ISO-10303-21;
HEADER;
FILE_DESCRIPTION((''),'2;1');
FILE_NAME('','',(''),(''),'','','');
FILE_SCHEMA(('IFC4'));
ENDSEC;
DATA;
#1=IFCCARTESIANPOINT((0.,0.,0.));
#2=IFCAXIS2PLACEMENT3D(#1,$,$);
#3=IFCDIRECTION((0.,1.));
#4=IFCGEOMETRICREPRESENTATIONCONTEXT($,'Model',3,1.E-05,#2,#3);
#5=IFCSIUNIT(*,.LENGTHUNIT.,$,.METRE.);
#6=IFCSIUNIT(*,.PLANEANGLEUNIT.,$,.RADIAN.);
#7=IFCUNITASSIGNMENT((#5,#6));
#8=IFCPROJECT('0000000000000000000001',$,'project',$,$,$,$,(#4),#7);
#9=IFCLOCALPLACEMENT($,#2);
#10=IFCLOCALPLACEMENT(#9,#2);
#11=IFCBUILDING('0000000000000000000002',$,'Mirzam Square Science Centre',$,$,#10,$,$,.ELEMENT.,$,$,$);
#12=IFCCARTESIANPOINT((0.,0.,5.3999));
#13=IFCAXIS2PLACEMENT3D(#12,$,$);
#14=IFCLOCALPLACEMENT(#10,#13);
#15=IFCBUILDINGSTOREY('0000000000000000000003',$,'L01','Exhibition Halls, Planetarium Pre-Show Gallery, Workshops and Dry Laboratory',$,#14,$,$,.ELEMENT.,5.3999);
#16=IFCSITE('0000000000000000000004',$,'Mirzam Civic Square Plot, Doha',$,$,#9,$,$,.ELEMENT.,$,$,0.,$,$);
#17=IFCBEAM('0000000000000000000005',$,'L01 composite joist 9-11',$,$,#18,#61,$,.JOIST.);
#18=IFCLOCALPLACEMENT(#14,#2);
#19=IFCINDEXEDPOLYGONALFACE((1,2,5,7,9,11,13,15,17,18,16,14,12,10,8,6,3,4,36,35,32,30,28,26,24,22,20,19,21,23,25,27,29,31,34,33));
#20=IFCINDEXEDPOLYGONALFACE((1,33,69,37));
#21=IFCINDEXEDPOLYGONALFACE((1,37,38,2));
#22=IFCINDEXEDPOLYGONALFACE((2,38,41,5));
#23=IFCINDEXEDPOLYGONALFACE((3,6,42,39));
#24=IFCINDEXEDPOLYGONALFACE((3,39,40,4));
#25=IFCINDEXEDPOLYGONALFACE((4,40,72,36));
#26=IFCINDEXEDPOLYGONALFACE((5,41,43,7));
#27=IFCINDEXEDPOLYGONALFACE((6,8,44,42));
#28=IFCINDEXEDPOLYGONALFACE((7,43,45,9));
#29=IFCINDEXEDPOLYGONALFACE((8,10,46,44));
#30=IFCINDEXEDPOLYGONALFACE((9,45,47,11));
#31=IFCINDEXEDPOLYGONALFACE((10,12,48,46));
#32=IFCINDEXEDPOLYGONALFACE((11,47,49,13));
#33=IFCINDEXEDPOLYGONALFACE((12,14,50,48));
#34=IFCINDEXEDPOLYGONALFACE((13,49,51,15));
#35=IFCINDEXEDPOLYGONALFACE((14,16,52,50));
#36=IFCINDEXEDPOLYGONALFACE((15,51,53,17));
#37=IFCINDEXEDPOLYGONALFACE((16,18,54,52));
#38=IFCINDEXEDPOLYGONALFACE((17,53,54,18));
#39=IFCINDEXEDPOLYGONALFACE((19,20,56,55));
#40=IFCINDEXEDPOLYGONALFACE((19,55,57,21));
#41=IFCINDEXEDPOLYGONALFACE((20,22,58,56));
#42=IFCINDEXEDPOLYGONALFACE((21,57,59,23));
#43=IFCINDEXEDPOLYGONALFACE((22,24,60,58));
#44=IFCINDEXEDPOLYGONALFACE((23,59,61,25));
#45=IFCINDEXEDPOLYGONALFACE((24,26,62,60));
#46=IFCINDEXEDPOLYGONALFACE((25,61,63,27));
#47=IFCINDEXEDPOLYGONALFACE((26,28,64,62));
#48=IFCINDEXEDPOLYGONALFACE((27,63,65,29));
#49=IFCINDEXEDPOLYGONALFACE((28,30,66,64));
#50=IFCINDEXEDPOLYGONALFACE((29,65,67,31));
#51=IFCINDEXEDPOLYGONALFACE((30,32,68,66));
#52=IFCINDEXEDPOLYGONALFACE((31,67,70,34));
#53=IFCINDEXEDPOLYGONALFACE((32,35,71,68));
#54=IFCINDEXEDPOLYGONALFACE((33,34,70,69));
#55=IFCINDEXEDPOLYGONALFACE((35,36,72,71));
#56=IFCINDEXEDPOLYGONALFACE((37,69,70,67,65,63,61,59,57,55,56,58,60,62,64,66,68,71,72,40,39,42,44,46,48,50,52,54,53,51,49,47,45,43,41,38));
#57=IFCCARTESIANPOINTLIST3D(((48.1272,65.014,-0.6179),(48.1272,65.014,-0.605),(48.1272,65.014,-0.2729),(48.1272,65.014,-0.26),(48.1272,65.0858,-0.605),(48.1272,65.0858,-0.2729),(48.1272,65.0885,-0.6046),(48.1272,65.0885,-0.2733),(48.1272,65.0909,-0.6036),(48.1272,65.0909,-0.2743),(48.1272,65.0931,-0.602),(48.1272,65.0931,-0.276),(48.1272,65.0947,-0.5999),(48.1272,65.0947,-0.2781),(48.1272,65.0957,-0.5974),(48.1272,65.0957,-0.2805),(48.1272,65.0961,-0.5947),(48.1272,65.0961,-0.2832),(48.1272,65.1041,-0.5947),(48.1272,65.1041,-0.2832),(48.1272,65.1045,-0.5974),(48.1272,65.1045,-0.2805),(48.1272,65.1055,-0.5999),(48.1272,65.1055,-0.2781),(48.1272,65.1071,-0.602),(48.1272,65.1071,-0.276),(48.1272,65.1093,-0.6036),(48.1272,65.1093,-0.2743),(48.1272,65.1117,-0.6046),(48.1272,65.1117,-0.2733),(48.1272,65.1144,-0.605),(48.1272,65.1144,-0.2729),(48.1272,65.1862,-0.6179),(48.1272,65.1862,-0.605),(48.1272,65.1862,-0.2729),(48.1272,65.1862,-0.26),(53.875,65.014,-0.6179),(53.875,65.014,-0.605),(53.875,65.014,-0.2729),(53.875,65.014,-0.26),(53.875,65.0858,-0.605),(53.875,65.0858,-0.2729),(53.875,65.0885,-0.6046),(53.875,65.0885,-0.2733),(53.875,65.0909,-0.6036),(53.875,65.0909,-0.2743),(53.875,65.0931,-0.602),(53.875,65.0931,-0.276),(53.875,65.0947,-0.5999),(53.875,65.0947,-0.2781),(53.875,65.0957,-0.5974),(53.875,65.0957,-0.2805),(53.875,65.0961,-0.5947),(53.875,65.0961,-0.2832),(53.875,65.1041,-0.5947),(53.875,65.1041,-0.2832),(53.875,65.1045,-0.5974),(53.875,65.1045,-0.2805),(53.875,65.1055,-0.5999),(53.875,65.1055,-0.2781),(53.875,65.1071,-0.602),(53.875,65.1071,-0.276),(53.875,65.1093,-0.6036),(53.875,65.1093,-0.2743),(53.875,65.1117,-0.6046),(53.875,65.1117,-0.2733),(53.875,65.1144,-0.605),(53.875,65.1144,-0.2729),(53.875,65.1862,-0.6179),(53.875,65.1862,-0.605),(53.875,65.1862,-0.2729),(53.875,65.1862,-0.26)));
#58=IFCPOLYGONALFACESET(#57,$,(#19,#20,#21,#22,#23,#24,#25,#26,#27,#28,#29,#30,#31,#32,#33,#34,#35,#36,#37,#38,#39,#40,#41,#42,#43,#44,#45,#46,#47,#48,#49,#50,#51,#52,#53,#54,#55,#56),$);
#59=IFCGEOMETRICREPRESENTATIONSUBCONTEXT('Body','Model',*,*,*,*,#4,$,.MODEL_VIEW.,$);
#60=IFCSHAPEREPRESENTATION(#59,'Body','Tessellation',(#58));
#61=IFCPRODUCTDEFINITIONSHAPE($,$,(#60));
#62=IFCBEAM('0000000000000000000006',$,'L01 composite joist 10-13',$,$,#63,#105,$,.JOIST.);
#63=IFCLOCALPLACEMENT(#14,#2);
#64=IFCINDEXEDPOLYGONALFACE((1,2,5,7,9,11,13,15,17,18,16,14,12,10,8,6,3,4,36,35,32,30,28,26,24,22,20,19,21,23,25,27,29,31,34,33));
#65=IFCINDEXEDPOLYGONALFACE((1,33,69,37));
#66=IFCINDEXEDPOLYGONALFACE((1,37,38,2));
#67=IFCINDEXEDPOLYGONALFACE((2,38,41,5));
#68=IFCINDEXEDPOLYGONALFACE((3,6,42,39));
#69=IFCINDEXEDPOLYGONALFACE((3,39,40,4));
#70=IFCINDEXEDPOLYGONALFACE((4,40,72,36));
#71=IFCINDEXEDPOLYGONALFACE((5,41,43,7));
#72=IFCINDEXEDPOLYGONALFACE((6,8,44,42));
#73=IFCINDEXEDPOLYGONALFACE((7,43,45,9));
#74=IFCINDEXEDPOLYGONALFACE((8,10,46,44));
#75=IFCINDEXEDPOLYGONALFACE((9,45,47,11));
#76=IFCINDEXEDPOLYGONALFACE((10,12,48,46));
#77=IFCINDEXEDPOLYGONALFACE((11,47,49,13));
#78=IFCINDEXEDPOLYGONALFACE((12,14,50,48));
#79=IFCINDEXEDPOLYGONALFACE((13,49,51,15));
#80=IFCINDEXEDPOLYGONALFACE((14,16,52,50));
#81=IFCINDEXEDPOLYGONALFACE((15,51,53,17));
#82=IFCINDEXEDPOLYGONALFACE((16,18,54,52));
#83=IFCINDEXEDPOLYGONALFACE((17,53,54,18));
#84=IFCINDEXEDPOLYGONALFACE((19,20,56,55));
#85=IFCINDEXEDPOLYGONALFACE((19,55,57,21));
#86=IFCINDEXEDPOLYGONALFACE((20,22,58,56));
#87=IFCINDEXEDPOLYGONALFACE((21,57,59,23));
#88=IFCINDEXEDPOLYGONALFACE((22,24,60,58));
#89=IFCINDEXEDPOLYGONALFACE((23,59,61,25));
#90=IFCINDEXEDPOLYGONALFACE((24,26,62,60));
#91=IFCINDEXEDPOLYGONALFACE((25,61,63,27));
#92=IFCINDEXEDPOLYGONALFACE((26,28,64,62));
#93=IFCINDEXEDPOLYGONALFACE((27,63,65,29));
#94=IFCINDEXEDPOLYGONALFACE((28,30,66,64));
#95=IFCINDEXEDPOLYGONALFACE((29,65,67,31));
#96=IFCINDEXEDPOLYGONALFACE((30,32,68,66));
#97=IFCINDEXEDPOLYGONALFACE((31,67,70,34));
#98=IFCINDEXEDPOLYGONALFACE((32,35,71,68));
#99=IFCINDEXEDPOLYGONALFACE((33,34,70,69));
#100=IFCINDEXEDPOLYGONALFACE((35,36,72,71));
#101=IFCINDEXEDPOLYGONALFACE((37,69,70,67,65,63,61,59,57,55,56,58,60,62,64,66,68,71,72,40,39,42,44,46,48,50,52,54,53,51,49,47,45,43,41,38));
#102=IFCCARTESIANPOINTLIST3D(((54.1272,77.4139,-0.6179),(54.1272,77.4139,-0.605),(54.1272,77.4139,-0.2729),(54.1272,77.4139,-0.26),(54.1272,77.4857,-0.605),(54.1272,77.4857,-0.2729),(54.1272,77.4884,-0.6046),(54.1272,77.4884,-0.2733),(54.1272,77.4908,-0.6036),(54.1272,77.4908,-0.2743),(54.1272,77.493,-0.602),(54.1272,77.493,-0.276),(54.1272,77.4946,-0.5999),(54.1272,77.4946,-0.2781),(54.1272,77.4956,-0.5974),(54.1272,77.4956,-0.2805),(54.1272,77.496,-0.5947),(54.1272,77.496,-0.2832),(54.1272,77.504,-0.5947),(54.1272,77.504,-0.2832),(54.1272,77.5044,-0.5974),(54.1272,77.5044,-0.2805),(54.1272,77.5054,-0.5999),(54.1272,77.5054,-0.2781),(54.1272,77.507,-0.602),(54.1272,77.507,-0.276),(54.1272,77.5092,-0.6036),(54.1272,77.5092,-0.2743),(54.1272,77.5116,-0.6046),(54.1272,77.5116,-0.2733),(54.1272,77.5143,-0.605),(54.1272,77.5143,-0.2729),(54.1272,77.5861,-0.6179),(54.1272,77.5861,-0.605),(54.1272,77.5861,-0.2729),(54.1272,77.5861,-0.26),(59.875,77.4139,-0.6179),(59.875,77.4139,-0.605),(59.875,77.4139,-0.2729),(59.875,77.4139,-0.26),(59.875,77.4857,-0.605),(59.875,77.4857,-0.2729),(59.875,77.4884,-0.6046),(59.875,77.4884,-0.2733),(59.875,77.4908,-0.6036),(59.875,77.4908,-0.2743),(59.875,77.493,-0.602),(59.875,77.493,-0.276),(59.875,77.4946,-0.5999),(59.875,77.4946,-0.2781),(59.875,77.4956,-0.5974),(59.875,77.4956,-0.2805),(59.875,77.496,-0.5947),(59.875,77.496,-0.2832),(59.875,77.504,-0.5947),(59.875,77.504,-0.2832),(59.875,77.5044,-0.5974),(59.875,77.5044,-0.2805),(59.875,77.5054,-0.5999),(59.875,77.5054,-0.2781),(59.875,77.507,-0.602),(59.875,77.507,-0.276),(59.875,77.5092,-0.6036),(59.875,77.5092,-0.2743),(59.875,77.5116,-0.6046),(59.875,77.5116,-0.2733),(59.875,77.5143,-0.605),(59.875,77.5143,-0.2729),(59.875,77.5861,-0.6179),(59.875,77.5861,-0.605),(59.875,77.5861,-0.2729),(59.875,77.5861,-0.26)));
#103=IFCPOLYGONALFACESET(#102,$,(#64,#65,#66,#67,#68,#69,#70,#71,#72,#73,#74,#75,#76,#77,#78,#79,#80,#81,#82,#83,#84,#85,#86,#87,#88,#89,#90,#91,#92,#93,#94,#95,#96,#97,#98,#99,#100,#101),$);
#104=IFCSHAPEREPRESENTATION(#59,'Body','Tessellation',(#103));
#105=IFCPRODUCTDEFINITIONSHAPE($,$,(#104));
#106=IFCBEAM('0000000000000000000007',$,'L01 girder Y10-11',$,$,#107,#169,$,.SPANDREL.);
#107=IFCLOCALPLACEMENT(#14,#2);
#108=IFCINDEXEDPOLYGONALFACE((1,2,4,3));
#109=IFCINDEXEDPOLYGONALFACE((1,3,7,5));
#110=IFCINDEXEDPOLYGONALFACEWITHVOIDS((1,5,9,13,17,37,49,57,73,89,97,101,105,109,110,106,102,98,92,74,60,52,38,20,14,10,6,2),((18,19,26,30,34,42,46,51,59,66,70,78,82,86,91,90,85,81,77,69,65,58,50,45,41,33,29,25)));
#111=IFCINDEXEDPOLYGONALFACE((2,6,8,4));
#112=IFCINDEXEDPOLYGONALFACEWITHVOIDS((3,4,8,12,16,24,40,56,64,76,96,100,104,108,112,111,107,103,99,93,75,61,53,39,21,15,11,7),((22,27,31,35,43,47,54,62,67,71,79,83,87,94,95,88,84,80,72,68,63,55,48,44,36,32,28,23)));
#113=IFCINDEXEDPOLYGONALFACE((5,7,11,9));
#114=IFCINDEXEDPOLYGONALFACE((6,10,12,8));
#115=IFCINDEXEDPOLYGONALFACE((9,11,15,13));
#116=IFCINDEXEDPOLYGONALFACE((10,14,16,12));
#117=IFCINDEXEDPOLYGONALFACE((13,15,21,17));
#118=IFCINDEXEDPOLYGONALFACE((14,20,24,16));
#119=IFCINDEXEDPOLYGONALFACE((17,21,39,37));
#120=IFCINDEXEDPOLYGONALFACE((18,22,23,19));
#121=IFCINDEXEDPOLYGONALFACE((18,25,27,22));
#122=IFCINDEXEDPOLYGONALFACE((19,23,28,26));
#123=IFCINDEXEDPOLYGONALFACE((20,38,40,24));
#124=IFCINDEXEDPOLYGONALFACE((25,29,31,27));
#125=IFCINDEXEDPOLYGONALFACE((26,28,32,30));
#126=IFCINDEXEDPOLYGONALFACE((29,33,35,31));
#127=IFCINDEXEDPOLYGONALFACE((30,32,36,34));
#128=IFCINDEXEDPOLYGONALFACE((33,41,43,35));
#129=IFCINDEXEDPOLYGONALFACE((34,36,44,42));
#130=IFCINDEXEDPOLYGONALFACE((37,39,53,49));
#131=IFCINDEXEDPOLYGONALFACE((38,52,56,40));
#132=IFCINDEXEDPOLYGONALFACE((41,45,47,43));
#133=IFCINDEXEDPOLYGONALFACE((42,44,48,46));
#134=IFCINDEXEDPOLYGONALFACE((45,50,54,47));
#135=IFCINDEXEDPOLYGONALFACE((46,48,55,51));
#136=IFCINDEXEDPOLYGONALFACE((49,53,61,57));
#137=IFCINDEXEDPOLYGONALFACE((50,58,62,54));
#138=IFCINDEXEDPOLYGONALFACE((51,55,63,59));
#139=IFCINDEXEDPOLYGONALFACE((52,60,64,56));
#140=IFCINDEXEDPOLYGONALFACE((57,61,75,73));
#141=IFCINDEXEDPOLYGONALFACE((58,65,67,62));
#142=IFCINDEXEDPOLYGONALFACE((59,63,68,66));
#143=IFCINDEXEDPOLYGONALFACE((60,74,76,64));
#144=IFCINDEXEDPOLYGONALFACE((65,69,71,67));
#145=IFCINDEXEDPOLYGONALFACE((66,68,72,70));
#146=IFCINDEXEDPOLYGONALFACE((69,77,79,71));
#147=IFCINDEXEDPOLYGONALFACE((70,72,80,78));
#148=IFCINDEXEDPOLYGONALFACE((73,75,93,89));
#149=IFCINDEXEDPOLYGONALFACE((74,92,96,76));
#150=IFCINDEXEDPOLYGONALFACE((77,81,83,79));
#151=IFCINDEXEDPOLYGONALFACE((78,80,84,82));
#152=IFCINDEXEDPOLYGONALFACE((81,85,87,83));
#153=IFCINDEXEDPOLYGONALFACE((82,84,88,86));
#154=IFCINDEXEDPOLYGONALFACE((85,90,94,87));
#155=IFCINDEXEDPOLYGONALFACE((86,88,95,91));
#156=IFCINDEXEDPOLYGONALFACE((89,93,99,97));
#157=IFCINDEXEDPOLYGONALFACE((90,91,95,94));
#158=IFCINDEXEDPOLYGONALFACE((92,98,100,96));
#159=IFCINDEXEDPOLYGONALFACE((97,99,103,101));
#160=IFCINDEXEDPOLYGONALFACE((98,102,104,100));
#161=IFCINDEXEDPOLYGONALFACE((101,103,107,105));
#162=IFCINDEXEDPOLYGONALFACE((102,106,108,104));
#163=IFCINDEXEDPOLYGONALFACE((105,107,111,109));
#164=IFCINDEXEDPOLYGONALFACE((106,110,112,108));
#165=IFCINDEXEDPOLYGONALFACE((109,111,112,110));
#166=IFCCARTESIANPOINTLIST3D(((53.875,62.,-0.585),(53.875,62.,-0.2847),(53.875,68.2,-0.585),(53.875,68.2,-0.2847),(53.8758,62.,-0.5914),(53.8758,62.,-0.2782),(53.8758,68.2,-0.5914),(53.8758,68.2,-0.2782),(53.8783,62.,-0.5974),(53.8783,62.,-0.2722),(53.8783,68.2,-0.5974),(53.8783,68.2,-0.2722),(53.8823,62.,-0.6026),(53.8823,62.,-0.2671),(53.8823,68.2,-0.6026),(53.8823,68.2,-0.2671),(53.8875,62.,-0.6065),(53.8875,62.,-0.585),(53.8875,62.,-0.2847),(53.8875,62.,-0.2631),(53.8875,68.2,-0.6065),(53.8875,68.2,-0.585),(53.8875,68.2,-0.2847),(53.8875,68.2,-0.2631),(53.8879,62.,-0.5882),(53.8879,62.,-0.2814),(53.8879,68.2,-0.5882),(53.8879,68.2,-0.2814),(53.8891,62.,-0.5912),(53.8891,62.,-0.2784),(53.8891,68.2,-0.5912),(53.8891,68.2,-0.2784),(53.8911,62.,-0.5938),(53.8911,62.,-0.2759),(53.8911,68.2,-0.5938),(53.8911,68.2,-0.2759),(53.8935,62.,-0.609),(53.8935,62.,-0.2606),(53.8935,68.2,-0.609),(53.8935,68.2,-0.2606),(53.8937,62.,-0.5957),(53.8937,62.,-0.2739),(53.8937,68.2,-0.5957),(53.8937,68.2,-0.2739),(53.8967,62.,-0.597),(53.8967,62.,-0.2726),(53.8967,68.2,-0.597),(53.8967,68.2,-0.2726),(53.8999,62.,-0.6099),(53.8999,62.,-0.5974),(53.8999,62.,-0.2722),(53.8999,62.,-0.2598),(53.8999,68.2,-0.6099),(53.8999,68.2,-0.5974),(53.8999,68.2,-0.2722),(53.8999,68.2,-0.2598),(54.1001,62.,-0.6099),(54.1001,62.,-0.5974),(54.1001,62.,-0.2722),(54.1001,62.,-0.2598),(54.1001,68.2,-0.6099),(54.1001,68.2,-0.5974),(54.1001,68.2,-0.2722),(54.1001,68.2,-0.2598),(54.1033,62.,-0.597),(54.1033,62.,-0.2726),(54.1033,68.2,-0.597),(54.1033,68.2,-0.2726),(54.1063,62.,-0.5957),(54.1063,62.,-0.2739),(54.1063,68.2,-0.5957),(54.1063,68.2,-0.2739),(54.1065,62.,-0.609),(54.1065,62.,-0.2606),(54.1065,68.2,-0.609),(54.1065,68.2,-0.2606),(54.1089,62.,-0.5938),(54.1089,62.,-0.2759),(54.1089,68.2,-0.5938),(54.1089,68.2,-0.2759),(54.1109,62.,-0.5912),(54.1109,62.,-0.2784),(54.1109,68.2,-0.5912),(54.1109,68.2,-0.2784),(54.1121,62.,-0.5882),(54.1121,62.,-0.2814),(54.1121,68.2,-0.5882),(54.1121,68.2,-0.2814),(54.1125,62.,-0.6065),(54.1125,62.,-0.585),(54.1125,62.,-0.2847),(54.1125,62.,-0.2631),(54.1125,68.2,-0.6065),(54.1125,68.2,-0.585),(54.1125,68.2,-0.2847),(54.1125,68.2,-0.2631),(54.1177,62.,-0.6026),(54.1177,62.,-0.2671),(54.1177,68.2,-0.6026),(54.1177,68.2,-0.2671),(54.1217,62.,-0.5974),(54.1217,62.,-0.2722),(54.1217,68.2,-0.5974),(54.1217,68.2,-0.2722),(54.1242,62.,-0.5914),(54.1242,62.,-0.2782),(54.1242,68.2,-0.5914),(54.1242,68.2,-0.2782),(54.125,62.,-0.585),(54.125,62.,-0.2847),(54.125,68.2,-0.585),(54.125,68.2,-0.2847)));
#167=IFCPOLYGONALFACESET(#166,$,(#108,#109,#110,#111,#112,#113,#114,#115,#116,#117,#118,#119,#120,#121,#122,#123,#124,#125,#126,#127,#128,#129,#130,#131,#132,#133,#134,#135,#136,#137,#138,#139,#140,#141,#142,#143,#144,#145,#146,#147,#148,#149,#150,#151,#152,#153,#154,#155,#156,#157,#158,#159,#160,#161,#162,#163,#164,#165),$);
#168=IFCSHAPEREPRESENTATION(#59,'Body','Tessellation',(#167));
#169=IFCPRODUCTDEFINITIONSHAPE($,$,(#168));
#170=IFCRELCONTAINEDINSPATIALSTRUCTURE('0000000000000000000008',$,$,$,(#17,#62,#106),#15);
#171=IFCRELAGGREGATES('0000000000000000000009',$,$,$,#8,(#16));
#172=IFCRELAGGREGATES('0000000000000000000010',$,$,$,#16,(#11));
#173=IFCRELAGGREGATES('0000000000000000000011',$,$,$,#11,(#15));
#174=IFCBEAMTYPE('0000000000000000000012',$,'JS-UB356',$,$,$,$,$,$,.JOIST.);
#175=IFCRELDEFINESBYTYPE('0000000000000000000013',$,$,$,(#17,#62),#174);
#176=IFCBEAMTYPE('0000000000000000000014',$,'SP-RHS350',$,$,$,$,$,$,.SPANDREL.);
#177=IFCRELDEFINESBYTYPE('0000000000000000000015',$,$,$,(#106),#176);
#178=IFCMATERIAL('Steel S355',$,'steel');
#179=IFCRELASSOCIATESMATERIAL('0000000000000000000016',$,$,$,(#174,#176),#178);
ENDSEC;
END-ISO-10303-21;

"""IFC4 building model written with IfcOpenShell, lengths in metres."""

from ifc_helpers import new_model, si_unit, direction, frame, origin, origin_2d, place, context, subcontext, project, spatial, hollow_rectangle, i_section, extrude, material, material_profile, profile_set, type_object, element, save


model = new_model("IFC4")

# Units and contexts
model_context = context("Model", 3, precision=1e-05, world=origin(), true_north=direction((0.0, 1.0)))
body_context = subcontext(model_context, "Body", "Model", "MODEL_VIEW")
ifc_project = project(units=[si_unit("LENGTHUNIT", "METRE"), si_unit("PLANEANGLEUNIT", "RADIAN")], contexts=[model_context])

# Site, building, storey
site_placement = place(None, origin())
site = spatial("IfcSite", under=ifc_project, at=site_placement, Name="Mirzam Civic Square Plot, Doha", CompositionType="ELEMENT", RefElevation=0.0)
building_placement = place(site_placement, origin())
building = spatial("IfcBuilding", under=site, at=building_placement, Name="Mirzam Square Science Centre", CompositionType="ELEMENT")
storey_placement = place(building_placement, frame((0.0, 0.0, 5.3999)))
storey = spatial("IfcBuildingStorey", under=building, at=storey_placement, Name="L01", Description="Exhibition Halls, Planetarium Pre-Show Gallery, Workshops and Dry Laboratory", CompositionType="ELEMENT", Elevation=5.3999)

# Shared definitions
ifc_material = material(Name="Steel S355", Category="steel")

# Beams
ifc_material_profile_1 = material_profile(ifc_material, i_section(OverallWidth=0.1721, OverallDepth=0.3579, WebThickness=0.0081, FlangeThickness=0.0129, FilletRadius=0.0103, at=origin_2d()), Name="356x171x57UB")
ifc_profile_set_1 = profile_set([ifc_material_profile_1], Name="Steel S355")
beam_type_1 = type_object("IfcBeamType", Name="JS-UB356", PredefinedType="JOIST", material=ifc_profile_set_1)
for number, where, z_axis, x_axis, name in (
    (1, (48.1272, 65.1001, -0.439), (1.0, 0.0, 0.0), (0.0, 1.0, 0.0), "L01 composite joist 9-11"),
    (2, (54.1272, 77.5, -0.439), (1.0, 0.0, 0.0), (0.0, 1.0, 0.0), "L01 composite joist 10-13"),
):
    element("IfcBeam", number, at=place(storey_placement, frame(where, z_axis=z_axis, x_axis=x_axis)), inside=storey, type_object=beam_type_1, Name=name, PredefinedType="JOIST", context=body_context, shape_type="SweptSolid", body=[
        extrude(i_section(OverallWidth=0.1721, OverallDepth=0.3579, WebThickness=0.0081, FlangeThickness=0.0129, FilletRadius=0.0103, at=origin_2d()), origin(), (0.0, 0.0, 1.0), 5.7478),
    ])
ifc_material_profile_2 = material_profile(ifc_material, hollow_rectangle(XDim=0.25, YDim=0.3501, WallThickness=0.0125, InnerFilletRadius=0.0125, OuterFilletRadius=0.0249, at=origin_2d()), Name="350x250x12.5RHS")
ifc_profile_set_2 = profile_set([ifc_material_profile_2], Name="Steel S355")
beam_type_2 = type_object("IfcBeamType", Name="SP-RHS350", PredefinedType="SPANDREL", material=ifc_profile_set_2)
beam_1_placement = place(storey_placement, frame((54.0, 62.0, -0.4348), z_axis=(0.0, 1.0, 0.0), x_axis=(-1.0, 0.0, 0.0)))
element("IfcBeam", 3, at=beam_1_placement, inside=storey, type_object=beam_type_2, Name="L01 girder Y10-11", PredefinedType="SPANDREL", context=body_context, shape_type="SweptSolid", body=[
    extrude(hollow_rectangle(XDim=0.25, YDim=0.3501, WallThickness=0.0125, InnerFilletRadius=0.0125, OuterFilletRadius=0.0249, at=origin_2d()), origin(), (0.0, 0.0, 1.0), 6.2),
])

save(model, "model.ifc")
